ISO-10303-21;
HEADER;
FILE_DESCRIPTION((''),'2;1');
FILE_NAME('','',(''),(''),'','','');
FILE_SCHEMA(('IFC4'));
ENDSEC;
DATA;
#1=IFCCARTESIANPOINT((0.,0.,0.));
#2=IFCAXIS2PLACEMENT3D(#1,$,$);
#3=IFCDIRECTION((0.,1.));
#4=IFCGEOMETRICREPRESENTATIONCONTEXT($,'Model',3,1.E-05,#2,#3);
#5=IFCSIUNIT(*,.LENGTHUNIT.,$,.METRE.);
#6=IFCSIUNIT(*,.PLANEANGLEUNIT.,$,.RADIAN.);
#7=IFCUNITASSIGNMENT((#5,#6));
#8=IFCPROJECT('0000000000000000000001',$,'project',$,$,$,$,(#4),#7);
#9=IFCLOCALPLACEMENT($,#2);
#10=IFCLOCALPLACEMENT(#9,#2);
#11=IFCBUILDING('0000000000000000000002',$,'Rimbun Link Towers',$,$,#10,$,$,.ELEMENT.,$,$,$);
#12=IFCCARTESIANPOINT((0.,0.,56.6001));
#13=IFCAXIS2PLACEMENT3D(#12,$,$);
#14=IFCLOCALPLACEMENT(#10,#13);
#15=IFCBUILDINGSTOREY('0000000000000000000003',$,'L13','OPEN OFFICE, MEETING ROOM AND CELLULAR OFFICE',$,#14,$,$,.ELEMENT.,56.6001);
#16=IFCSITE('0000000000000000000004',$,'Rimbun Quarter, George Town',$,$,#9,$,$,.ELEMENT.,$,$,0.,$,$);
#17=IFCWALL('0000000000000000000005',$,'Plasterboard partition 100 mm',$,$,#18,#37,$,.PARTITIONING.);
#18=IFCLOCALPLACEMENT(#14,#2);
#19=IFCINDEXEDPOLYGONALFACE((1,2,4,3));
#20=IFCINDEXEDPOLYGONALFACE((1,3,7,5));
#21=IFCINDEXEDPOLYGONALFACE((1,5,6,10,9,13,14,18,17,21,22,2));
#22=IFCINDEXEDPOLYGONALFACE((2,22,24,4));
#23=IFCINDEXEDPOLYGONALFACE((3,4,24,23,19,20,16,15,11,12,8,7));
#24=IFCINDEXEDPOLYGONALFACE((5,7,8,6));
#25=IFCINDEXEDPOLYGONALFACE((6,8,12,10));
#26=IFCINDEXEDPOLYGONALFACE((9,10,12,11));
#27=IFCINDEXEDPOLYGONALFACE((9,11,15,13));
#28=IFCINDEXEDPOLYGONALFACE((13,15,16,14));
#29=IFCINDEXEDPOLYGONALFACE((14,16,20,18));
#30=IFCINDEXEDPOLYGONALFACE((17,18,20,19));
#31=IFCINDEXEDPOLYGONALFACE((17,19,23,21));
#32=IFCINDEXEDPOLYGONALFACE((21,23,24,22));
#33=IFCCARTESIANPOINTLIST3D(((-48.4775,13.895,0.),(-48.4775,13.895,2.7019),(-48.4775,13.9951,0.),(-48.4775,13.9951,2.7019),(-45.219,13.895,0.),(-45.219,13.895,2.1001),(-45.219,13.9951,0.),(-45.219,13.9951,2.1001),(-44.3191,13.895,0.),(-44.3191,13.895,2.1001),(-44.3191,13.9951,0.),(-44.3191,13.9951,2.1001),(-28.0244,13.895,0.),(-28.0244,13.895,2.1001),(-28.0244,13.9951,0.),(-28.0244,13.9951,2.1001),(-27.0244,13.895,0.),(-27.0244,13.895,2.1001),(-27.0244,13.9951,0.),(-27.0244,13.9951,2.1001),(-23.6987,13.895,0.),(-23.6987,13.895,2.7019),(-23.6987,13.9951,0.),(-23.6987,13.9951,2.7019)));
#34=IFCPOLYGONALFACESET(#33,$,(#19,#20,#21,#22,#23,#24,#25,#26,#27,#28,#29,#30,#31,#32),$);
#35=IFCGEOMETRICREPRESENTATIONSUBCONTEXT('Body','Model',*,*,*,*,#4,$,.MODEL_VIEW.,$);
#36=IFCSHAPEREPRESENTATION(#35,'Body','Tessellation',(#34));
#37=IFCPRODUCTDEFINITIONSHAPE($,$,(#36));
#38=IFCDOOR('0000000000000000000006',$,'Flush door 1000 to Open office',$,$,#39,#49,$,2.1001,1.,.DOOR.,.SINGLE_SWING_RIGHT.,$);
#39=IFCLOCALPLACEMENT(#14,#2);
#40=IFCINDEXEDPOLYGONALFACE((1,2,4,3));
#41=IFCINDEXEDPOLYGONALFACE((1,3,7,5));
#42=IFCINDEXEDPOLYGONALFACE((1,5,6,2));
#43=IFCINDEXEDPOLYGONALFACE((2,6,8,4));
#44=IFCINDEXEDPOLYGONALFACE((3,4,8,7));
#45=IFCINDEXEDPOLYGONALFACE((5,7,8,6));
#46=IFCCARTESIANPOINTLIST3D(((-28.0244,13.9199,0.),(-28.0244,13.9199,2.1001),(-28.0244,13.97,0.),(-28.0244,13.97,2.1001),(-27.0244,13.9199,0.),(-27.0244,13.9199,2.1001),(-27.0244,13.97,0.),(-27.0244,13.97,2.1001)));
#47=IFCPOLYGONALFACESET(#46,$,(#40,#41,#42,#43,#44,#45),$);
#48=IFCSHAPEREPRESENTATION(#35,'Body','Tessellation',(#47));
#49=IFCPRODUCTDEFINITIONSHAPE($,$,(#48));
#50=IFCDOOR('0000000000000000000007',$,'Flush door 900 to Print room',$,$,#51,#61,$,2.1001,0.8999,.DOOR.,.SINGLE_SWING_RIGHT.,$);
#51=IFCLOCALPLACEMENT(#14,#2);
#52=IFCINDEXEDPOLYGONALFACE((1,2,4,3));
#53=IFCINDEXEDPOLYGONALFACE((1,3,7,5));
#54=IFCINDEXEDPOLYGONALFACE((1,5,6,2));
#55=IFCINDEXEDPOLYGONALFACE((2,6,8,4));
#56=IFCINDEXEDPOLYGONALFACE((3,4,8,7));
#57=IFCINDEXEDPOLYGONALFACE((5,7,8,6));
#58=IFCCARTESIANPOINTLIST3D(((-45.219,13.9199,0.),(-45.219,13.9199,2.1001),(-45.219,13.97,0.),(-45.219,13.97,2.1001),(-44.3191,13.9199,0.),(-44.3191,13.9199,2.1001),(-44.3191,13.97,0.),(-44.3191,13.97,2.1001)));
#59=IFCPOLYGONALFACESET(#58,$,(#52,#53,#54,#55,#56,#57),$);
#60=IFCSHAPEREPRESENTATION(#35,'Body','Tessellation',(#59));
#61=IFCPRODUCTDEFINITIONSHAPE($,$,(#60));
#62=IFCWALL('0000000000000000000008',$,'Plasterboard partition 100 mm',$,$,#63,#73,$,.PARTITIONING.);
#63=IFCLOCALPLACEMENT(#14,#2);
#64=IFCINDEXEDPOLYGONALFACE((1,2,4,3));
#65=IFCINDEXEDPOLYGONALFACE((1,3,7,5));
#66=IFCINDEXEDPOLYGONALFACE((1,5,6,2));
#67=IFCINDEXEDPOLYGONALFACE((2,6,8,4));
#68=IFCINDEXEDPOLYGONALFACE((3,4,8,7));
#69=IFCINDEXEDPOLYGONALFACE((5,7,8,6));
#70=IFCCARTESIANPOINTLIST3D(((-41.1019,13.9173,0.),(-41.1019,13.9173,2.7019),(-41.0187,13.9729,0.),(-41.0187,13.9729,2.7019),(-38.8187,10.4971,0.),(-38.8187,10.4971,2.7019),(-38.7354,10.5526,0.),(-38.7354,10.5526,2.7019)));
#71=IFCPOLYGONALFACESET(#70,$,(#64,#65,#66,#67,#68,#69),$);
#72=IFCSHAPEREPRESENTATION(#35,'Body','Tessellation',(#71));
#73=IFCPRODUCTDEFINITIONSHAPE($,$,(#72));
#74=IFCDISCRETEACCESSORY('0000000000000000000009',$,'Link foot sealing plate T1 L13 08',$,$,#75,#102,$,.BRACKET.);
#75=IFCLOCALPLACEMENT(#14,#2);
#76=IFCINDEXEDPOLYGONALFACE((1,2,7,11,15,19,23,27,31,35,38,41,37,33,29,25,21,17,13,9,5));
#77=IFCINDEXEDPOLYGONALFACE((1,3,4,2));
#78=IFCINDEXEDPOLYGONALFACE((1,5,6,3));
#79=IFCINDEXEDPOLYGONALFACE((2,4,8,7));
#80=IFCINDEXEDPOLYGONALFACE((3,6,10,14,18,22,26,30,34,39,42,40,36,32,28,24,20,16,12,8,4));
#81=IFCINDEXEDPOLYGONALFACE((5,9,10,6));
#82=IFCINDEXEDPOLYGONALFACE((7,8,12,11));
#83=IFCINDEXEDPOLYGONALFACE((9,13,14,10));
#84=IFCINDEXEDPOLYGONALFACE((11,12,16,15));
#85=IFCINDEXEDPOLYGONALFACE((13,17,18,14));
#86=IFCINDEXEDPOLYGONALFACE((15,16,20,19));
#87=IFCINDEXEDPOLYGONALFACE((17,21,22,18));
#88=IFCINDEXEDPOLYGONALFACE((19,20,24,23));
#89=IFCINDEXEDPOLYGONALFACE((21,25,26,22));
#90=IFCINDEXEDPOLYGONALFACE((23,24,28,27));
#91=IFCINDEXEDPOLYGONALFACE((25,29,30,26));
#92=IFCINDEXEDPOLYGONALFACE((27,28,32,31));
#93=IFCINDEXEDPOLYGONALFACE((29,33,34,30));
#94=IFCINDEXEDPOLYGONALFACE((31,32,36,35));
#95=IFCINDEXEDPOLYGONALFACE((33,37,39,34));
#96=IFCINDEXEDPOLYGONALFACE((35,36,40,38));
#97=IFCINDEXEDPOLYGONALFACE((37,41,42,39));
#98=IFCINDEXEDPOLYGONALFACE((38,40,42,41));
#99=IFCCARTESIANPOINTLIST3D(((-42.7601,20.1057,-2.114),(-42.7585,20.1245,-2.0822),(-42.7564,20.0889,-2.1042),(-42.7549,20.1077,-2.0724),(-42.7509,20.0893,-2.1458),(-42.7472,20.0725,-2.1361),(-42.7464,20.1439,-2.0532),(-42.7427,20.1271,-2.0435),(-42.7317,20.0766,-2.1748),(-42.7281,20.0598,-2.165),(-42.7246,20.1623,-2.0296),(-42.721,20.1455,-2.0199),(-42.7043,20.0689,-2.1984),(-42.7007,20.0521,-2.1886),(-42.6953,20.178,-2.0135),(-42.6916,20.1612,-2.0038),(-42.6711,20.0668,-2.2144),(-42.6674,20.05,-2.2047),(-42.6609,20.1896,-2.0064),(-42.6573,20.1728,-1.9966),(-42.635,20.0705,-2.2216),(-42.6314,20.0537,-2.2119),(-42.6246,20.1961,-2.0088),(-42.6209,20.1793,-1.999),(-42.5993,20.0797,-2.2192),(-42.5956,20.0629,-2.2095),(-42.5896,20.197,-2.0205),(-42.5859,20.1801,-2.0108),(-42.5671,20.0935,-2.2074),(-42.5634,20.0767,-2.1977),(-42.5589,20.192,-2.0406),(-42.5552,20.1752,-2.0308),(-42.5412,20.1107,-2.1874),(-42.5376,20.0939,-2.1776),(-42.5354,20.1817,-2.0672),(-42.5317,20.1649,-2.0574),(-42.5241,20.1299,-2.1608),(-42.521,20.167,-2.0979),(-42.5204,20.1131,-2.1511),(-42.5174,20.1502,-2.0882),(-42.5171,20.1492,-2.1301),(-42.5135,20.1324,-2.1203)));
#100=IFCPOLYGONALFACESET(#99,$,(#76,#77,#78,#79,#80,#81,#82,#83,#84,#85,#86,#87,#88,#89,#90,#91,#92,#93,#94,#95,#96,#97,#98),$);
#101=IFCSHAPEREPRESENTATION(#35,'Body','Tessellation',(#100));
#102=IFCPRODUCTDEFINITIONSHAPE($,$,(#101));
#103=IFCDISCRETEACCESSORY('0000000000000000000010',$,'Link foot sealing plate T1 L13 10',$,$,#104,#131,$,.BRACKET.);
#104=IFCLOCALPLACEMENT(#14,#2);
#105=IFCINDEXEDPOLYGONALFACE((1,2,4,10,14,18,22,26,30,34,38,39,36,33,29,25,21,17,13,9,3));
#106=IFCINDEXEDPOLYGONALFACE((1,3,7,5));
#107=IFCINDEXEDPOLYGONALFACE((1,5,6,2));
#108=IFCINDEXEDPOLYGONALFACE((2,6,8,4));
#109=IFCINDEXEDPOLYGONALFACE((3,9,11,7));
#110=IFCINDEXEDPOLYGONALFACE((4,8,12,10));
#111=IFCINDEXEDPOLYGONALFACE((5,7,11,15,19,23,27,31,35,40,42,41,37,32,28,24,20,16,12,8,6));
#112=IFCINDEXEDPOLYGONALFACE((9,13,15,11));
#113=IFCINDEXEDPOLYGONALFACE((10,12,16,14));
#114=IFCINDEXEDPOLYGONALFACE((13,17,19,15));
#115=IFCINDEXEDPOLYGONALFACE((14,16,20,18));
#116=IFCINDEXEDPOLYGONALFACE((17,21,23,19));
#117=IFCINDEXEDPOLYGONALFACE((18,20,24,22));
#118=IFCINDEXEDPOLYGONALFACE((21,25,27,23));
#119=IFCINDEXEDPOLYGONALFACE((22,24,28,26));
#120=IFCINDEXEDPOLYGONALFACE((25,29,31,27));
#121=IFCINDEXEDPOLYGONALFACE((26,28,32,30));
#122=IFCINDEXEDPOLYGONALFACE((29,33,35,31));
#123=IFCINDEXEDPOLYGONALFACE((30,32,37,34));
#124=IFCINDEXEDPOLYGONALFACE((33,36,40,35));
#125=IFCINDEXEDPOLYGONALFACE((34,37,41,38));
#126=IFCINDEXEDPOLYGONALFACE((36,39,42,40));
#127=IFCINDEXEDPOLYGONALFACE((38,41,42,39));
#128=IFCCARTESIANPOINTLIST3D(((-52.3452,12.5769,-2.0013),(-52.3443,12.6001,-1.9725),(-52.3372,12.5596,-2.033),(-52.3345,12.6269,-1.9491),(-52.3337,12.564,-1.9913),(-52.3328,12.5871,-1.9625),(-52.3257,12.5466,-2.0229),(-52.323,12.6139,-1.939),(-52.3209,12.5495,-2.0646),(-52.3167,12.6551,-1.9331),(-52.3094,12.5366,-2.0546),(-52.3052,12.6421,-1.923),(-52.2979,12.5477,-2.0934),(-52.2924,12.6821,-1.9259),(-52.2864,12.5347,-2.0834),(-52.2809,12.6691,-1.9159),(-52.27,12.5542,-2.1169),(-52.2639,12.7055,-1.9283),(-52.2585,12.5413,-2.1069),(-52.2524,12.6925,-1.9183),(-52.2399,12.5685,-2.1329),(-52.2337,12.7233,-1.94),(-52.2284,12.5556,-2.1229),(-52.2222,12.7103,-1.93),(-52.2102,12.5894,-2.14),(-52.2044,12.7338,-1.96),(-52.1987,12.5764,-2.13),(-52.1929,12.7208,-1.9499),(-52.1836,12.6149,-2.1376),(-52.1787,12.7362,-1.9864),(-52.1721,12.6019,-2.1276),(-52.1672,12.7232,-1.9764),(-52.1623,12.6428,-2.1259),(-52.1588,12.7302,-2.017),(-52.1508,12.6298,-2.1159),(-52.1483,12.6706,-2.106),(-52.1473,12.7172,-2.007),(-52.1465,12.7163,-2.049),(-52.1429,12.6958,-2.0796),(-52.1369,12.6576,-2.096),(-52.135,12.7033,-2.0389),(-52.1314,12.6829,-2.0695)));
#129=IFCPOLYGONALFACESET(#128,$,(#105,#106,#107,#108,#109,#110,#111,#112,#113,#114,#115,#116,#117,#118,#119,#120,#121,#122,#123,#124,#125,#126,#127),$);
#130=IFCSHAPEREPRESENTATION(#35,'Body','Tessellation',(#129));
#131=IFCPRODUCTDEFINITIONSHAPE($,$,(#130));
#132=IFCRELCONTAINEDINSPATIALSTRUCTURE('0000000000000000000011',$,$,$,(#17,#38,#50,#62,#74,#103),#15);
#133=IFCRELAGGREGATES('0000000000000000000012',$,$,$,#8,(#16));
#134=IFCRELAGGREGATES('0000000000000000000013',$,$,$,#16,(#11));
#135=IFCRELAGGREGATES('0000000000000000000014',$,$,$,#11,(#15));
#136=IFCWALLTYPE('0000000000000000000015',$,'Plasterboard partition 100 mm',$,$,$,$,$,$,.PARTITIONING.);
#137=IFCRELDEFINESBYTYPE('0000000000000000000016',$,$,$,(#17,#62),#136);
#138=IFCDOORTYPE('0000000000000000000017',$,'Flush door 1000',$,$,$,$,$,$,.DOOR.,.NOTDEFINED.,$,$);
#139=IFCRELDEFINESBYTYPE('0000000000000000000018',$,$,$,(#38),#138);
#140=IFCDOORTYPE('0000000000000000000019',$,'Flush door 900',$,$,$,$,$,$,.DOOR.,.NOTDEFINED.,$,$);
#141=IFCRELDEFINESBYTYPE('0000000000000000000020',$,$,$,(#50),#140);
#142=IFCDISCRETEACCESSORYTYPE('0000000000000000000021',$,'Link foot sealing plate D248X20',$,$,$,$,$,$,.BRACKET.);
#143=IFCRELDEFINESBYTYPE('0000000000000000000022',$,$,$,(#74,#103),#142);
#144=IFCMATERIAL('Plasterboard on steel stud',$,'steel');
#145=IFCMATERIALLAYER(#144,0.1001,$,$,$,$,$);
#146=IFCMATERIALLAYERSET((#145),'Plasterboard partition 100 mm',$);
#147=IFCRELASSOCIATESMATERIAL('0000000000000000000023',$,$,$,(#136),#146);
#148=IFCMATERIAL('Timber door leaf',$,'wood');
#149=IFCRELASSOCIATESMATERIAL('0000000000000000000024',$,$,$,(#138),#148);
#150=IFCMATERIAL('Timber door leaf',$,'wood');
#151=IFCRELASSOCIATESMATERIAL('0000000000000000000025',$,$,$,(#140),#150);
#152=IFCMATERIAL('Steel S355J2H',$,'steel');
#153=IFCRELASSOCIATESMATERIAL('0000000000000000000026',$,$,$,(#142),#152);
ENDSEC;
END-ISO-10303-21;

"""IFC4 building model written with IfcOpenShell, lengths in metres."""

from ifc_helpers import new_model, si_unit, direction, frame, frame_2d, origin, origin_2d, place, context, subcontext, project, spatial, rectangle, circle, extrude, material, layer, layer_set, material_profile, profile_set, type_object, element, fill, save


model = new_model("IFC4")

# Units and contexts
model_context = context("Model", 3, precision=1e-05, world=origin(), true_north=direction((0.0, 1.0)))
body_context = subcontext(model_context, "Body", "Model", "MODEL_VIEW")
ifc_project = project(units=[si_unit("LENGTHUNIT", "METRE"), si_unit("PLANEANGLEUNIT", "RADIAN")], contexts=[model_context])

# Site, building, storey
site_placement = place(None, origin())
site = spatial("IfcSite", under=ifc_project, at=site_placement, Name="Rimbun Quarter, George Town", CompositionType="ELEMENT", RefElevation=0.0)
building_placement = place(site_placement, origin())
building = spatial("IfcBuilding", under=site, at=building_placement, Name="Rimbun Link Towers", CompositionType="ELEMENT")
storey_placement = place(building_placement, frame((0.0, 0.0, 56.6001)))
storey = spatial("IfcBuildingStorey", under=building, at=storey_placement, Name="L13", Description="OPEN OFFICE, MEETING ROOM AND CELLULAR OFFICE", CompositionType="ELEMENT", Elevation=56.6001)

# Wall, openings, doors
ifc_material_1 = material(Name="Plasterboard on steel stud", Category="steel")
ifc_layer_1 = layer(ifc_material_1, 0.1001)
ifc_layer_set_1 = layer_set([ifc_layer_1], Name="Plasterboard partition 100 mm")
wall_type = type_object("IfcWallType", Name="Plasterboard partition 100 mm", PredefinedType="PARTITIONING", material=ifc_layer_set_1)
wall_1_placement = place(storey_placement, frame((-48.4775, 13.9451, 0.0), z_axis=(0.0, 0.0, 1.0), x_axis=(1.0, 0.0, 0.0)))
wall_1 = element("IfcWall", 1, at=wall_1_placement, inside=storey, type_object=wall_type, Name="Plasterboard partition 100 mm", PredefinedType="PARTITIONING", context=body_context, shape_type="SweptSolid", body=[
    extrude(rectangle(XDim=24.7788, YDim=0.1001, at=frame_2d((12.3894, 0.0))), origin(), (0.0, 0.0, 1.0), 2.7019),
])
opening_1_placement = place(wall_1_placement, frame((20.4531, 0.0, 0.0)))
opening_1 = element("IfcOpeningElement", 2, at=opening_1_placement, cuts=wall_1, PredefinedType="OPENING", context=body_context, shape_type="SweptSolid", body=[
    extrude(rectangle(XDim=1.0, YDim=2.1001, at=frame_2d((0.5, 1.05))), frame((0.0, 0.0601, 0.0), z_axis=(0.0, -1.0, 0.0), x_axis=(1.0, 0.0, 0.0)), (0.0, 0.0, 1.0), 0.1201),
])
opening_2_placement = place(wall_1_placement, frame((3.2585, 0.0, 0.0)))
opening_2 = element("IfcOpeningElement", 3, at=opening_2_placement, cuts=wall_1, PredefinedType="OPENING", context=body_context, shape_type="SweptSolid", body=[
    extrude(rectangle(XDim=0.8999, YDim=2.1001, at=frame_2d((0.45, 1.05))), frame((0.0, 0.0601, 0.0), z_axis=(0.0, -1.0, 0.0), x_axis=(1.0, 0.0, 0.0)), (0.0, 0.0, 1.0), 0.1201),
])
ifc_material_2 = material(Name="Timber door leaf", Category="wood")
door_type_1 = type_object("IfcDoorType", Name="Flush door 1000", OperationType="NOTDEFINED", PredefinedType="DOOR", material=ifc_material_2)
door_1_placement = place(opening_1_placement, origin())
door_1 = element("IfcDoor", 4, at=door_1_placement, inside=storey, type_object=door_type_1, Name="Flush door 1000 to Open office", OperationType="SINGLE_SWING_RIGHT", OverallHeight=2.1001, OverallWidth=1.0, PredefinedType="DOOR", context=body_context, shape_type="SweptSolid", body=[
    extrude(rectangle(XDim=1.0, YDim=2.1001, at=frame_2d((0.5, 1.05))), frame((0.0, 0.0249, 0.0), z_axis=(0.0, -1.0, 0.0), x_axis=(1.0, 0.0, 0.0)), (0.0, 0.0, 1.0), 0.05),
])
fill(opening_1, door_1)
ifc_material_3 = material(Name="Timber door leaf", Category="wood")
door_type_2 = type_object("IfcDoorType", Name="Flush door 900", OperationType="NOTDEFINED", PredefinedType="DOOR", material=ifc_material_3)
door_2_placement = place(opening_2_placement, origin())
door_2 = element("IfcDoor", 5, at=door_2_placement, inside=storey, type_object=door_type_2, Name="Flush door 900 to Print room", OperationType="SINGLE_SWING_RIGHT", OverallHeight=2.1001, OverallWidth=0.8999, PredefinedType="DOOR", context=body_context, shape_type="SweptSolid", body=[
    extrude(rectangle(XDim=0.8999, YDim=2.1001, at=frame_2d((0.45, 1.05))), frame((0.0, 0.0249, 0.0), z_axis=(0.0, -1.0, 0.0), x_axis=(1.0, 0.0, 0.0)), (0.0, 0.0, 1.0), 0.05),
])
fill(opening_2, door_2)

# Wall
wall_2_placement = place(storey_placement, frame((-41.0603, 13.9451, 0.0), z_axis=(0.0, 0.0, 1.0), x_axis=(0.555221, -0.831703, 0.0)))
element("IfcWall", 6, at=wall_2_placement, inside=storey, type_object=wall_type, Name="Plasterboard partition 100 mm", PredefinedType="PARTITIONING", context=body_context, shape_type="SweptSolid", body=[
    extrude(rectangle(XDim=4.1123, YDim=0.1001, at=frame_2d((2.0562, 0.0))), origin(), (0.0, 0.0, 1.0), 2.7019),
])

# Discrete accessories
ifc_material_4 = material(Name="Steel S355J2H", Category="steel")
ifc_material_profile_1 = material_profile(ifc_material_4, circle(Radius=0.124, at=origin_2d()), Name="PL D248")
ifc_profile_set_1 = profile_set([ifc_material_profile_1], Name="Steel S355J2H")
discrete_accessory_type = type_object("IfcDiscreteAccessoryType", Name="Link foot sealing plate D248X20", PredefinedType="BRACKET", material=ifc_profile_set_1)
discrete_accessory_1_placement = place(storey_placement, frame((-42.6353, 20.1152, -2.1042), z_axis=(-0.184833, 0.850234, -0.492889), x_axis=(-0.977176, -0.21243, 0.0)))
element("IfcDiscreteAccessory", 7, at=discrete_accessory_1_placement, inside=storey, type_object=discrete_accessory_type, Name="Link foot sealing plate T1 L13 08", PredefinedType="BRACKET", context=body_context, shape_type="SweptSolid", body=[
    extrude(circle(Radius=0.124, at=origin_2d()), origin(), (0.0, 0.0, 1.0), 0.0198),
])
discrete_accessory_2_placement = place(storey_placement, frame((-52.2329, 12.6289, -2.0229), z_axis=(-0.574239, 0.647546, -0.500932), x_axis=(-0.748188, -0.663487, 0.0)))
element("IfcDiscreteAccessory", 8, at=discrete_accessory_2_placement, inside=storey, type_object=discrete_accessory_type, Name="Link foot sealing plate T1 L13 10", PredefinedType="BRACKET", context=body_context, shape_type="SweptSolid", body=[
    extrude(circle(Radius=0.124, at=origin_2d()), origin(), (0.0, 0.0, 1.0), 0.02),
])

save(model, "model.ifc")
